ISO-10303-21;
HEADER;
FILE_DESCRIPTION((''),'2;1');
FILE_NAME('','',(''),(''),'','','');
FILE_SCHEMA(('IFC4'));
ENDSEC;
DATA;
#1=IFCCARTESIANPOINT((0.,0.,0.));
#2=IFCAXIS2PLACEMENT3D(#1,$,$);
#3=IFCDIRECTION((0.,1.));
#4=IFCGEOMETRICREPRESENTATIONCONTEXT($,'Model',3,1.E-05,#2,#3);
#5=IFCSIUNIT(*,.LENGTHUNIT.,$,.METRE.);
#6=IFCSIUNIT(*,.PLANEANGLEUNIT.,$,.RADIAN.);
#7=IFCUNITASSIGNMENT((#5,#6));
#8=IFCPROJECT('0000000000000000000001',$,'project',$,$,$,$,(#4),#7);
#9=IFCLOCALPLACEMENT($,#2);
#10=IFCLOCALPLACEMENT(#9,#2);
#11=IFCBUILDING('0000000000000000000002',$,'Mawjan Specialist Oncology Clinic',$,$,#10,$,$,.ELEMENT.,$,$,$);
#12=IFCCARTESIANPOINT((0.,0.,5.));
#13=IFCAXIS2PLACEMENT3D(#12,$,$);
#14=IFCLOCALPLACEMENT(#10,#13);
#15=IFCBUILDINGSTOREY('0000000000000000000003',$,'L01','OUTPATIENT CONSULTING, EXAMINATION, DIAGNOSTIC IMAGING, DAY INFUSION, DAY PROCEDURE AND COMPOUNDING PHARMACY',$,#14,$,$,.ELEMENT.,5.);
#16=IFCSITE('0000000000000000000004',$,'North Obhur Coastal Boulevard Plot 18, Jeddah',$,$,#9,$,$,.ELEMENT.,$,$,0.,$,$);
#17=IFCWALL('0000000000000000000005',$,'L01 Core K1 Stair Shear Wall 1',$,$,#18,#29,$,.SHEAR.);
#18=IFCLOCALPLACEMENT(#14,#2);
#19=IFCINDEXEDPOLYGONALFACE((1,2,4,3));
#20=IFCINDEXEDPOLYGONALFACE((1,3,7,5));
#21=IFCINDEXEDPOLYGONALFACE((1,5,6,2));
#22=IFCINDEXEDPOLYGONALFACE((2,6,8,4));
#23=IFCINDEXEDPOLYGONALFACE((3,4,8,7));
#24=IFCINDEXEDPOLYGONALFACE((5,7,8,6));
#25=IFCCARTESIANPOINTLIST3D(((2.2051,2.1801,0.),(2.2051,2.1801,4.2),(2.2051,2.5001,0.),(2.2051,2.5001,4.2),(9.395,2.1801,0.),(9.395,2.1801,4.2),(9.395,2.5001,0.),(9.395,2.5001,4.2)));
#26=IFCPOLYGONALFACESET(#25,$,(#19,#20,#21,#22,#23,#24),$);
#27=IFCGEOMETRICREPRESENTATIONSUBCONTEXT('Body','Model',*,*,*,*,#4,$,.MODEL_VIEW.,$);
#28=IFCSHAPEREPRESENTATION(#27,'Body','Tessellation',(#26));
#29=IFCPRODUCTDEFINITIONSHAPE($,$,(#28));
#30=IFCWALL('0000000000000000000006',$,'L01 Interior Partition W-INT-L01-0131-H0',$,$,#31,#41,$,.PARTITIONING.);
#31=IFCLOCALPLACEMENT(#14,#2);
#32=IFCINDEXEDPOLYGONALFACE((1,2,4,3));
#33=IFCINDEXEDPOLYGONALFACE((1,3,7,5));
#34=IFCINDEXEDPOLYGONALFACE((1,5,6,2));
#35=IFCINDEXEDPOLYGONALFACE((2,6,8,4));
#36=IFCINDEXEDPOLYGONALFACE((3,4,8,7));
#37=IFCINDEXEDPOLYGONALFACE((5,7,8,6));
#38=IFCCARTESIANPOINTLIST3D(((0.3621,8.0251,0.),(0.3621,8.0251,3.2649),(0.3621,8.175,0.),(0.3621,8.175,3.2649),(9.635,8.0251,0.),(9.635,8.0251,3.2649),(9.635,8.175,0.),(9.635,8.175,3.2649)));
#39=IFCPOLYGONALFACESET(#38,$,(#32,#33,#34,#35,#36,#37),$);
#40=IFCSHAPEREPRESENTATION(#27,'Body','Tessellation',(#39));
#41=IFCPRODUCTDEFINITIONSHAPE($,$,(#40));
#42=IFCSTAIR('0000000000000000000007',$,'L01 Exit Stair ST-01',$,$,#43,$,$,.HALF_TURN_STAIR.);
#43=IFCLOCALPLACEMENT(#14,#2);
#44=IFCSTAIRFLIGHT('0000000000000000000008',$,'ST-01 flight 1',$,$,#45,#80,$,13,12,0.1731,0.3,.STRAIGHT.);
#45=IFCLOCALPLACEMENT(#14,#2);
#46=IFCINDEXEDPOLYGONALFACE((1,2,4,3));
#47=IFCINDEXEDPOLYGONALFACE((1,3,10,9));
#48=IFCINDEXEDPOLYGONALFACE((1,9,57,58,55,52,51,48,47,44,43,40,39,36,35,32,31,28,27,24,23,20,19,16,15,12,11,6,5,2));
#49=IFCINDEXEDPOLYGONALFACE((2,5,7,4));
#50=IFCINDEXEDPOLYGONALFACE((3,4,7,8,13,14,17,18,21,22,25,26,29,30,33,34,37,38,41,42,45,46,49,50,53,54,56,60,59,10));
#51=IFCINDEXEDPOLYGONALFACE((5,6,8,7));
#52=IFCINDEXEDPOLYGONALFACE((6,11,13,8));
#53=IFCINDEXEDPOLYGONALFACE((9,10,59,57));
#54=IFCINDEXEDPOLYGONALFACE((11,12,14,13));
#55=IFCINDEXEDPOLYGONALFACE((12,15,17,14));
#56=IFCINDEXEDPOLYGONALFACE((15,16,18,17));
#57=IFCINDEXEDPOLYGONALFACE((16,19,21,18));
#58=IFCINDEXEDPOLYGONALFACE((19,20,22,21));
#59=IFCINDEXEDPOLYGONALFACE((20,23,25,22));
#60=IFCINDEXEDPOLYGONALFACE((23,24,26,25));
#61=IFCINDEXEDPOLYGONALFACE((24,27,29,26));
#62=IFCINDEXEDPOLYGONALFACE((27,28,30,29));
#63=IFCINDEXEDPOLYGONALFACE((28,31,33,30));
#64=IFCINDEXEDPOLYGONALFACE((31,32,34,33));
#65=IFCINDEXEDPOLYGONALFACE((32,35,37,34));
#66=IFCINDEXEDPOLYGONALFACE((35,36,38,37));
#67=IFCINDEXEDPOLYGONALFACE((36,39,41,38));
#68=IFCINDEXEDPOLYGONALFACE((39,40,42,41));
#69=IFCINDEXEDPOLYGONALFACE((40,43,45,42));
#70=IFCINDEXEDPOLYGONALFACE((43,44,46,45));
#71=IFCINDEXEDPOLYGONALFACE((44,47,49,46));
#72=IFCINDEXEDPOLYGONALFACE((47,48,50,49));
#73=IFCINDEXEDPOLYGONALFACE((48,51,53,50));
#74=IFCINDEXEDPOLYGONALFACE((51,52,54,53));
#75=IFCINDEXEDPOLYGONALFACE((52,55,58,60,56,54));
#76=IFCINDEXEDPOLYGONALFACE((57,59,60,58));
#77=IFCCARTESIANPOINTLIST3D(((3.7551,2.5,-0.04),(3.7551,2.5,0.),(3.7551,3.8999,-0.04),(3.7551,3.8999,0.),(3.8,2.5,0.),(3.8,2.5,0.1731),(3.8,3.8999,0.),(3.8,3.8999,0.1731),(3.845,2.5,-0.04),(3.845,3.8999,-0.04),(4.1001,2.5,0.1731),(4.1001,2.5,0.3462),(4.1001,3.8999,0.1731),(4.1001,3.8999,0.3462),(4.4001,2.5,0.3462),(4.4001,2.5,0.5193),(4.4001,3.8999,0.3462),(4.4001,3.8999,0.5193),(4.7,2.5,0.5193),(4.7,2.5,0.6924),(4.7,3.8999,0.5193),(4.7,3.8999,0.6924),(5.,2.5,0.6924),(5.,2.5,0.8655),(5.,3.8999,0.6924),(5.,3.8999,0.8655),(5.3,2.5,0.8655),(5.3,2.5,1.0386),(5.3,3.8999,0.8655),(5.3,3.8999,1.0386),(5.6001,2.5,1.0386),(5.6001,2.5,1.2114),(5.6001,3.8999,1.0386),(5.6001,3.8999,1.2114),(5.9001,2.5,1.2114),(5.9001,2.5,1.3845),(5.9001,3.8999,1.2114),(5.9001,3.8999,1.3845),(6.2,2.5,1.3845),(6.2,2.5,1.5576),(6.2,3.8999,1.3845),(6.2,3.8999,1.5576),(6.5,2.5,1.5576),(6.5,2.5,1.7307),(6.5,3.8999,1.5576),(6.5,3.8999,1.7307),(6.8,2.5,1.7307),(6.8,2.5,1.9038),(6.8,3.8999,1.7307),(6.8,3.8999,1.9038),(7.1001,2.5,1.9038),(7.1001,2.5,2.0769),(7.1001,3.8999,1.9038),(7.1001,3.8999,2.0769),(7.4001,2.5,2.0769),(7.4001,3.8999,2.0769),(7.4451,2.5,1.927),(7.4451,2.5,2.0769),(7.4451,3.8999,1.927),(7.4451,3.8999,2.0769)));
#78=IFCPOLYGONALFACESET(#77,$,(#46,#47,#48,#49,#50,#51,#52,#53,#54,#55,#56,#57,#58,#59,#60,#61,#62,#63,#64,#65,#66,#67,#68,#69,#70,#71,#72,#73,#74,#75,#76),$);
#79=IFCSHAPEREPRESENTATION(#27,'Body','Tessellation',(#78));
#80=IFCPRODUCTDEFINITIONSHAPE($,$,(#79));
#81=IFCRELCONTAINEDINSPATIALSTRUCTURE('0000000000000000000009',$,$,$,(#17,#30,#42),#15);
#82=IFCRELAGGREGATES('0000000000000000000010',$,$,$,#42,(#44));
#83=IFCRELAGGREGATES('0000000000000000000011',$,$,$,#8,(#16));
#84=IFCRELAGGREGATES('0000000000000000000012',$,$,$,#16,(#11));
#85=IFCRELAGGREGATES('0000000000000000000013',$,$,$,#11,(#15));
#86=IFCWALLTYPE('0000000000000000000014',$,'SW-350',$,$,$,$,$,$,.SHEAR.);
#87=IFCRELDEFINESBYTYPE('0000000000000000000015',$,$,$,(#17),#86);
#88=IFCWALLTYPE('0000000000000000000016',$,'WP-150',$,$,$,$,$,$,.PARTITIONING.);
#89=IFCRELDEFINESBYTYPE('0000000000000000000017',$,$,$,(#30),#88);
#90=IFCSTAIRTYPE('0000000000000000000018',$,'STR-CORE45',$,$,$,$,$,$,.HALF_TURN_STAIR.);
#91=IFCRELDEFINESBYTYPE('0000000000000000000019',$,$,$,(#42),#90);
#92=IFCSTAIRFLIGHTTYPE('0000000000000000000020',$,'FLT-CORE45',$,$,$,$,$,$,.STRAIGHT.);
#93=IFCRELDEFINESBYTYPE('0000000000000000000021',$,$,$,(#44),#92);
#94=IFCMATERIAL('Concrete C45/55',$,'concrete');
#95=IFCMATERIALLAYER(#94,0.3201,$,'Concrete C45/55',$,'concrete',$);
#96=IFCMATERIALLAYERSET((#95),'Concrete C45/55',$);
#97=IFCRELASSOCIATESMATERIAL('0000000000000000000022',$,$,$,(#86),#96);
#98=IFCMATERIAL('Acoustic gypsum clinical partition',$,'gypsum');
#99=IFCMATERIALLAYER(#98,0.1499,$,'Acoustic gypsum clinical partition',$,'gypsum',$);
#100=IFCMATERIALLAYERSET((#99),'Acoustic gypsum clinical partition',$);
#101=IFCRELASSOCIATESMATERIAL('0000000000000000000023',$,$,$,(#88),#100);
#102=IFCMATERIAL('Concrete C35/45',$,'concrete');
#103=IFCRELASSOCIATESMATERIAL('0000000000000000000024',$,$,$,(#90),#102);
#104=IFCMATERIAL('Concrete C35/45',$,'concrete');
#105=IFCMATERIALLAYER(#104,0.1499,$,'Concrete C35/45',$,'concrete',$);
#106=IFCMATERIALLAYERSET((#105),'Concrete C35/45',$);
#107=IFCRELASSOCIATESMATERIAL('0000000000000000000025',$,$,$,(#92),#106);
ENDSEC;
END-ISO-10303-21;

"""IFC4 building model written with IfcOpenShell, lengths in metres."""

from ifc_helpers import new_model, si_unit, direction, frame, frame_2d, origin, place, context, subcontext, project, spatial, polyline, rectangle, outline, extrude, material, layer, layer_set, type_object, element, aggregate, save


model = new_model("IFC4")

# Units and contexts
model_context = context("Model", 3, precision=1e-05, world=origin(), true_north=direction((0.0, 1.0)))
body_context = subcontext(model_context, "Body", "Model", "MODEL_VIEW")
ifc_project = project(units=[si_unit("LENGTHUNIT", "METRE"), si_unit("PLANEANGLEUNIT", "RADIAN")], contexts=[model_context])

# Site, building, storey
site_placement = place(None, origin())
site = spatial("IfcSite", under=ifc_project, at=site_placement, Name="North Obhur Coastal Boulevard Plot 18, Jeddah", CompositionType="ELEMENT", RefElevation=0.0)
building_placement = place(site_placement, origin())
building = spatial("IfcBuilding", under=site, at=building_placement, Name="Mawjan Specialist Oncology Clinic", CompositionType="ELEMENT")
storey_placement = place(building_placement, frame((0.0, 0.0, 5.0)))
storey = spatial("IfcBuildingStorey", under=building, at=storey_placement, Name="L01", Description="OUTPATIENT CONSULTING, EXAMINATION, DIAGNOSTIC IMAGING, DAY INFUSION, DAY PROCEDURE AND COMPOUNDING PHARMACY", CompositionType="ELEMENT", Elevation=5.0)

# Wall
ifc_material_1 = material(Name="Concrete C45/55", Category="concrete")
ifc_layer_1 = layer(ifc_material_1, 0.3201, Name="Concrete C45/55", Category="concrete")
ifc_layer_set_1 = layer_set([ifc_layer_1], Name="Concrete C45/55")
wall_type_1 = type_object("IfcWallType", Name="SW-350", PredefinedType="SHEAR", material=ifc_layer_set_1)
wall_1_placement = place(storey_placement, frame((2.2051, 2.3401, 0.0), z_axis=(0.0, 0.0, 1.0), x_axis=(1.0, 0.0, 0.0)))
element("IfcWall", 1, at=wall_1_placement, inside=storey, type_object=wall_type_1, Name="L01 Core K1 Stair Shear Wall 1", PredefinedType="SHEAR", context=body_context, shape_type="SweptSolid", body=[
    extrude(rectangle(XDim=7.1899, YDim=0.3201, at=frame_2d((3.595, 0.0))), origin(), (0.0, 0.0, 1.0), 4.2),
])

# Wall
ifc_material_2 = material(Name="Acoustic gypsum clinical partition", Category="gypsum")
ifc_layer_2 = layer(ifc_material_2, 0.1499, Name="Acoustic gypsum clinical partition", Category="gypsum")
ifc_layer_set_2 = layer_set([ifc_layer_2], Name="Acoustic gypsum clinical partition")
wall_type_2 = type_object("IfcWallType", Name="WP-150", PredefinedType="PARTITIONING", material=ifc_layer_set_2)
wall_2_placement = place(storey_placement, frame((0.3621, 8.1001, 0.0), z_axis=(0.0, 0.0, 1.0), x_axis=(1.0, 0.0, 0.0)))
element("IfcWall", 2, at=wall_2_placement, inside=storey, type_object=wall_type_2, Name="L01 Interior Partition W-INT-L01-0131-H0", PredefinedType="PARTITIONING", context=body_context, shape_type="SweptSolid", body=[
    extrude(rectangle(XDim=9.2729, YDim=0.1499, at=frame_2d((4.6365, 0.0))), origin(), (0.0, 0.0, 1.0), 3.2649),
])

# Stair, stair flight
ifc_material_3 = material(Name="Concrete C35/45", Category="concrete")
stair_type = type_object("IfcStairType", Name="STR-CORE45", PredefinedType="HALF_TURN_STAIR", material=ifc_material_3)
stair_placement = place(storey_placement, origin())
stair = element("IfcStair", 3, at=stair_placement, inside=storey, type_object=stair_type, Name="L01 Exit Stair ST-01", PredefinedType="HALF_TURN_STAIR")
ifc_material_4 = material(Name="Concrete C35/45", Category="concrete")
ifc_layer_3 = layer(ifc_material_4, 0.1499, Name="Concrete C35/45", Category="concrete")
ifc_layer_set_3 = layer_set([ifc_layer_3], Name="Concrete C35/45")
stair_flight_type = type_object("IfcStairFlightType", Name="FLT-CORE45", PredefinedType="STRAIGHT", material=ifc_layer_set_3)
stair_flight_placement = place(storey_placement, frame((3.8, 3.2, 0.0), z_axis=(0.0, 0.0, 1.0), x_axis=(1.0, 0.0, 0.0)))
stair_flight = element("IfcStairFlight", 4, at=stair_flight_placement, type_object=stair_flight_type, Name="ST-01 flight 1", NumberOfRisers=13, NumberOfTreads=12, PredefinedType="STRAIGHT", RiserHeight=0.1731, TreadLength=0.3, context=body_context, shape_type="SweptSolid", body=[
    extrude(outline(polyline([(-0.0449, -0.04), (-0.0449, 0.0), (0.0, 0.0), (0.0, 0.1731), (0.3, 0.1731), (0.3, 0.3462), (0.6001, 0.3462), (0.6001, 0.5193), (0.8999, 0.5193), (0.8999, 0.6924), (1.2, 0.6924), (1.2, 0.8655), (1.5, 0.8655), (1.5, 1.0386), (1.8, 1.0386), (1.8, 1.2114), (2.1001, 1.2114), (2.1001, 1.3845), (2.3999, 1.3845), (2.3999, 1.5576), (2.7, 1.5576), (2.7, 1.7307), (3.0, 1.7307), (3.0, 1.9038), (3.3, 1.9038), (3.3, 2.0769), (3.6001, 2.0769), (3.645, 2.0769), (3.645, 1.927), (0.0449, -0.04), (-0.0449, -0.04)])), frame((0.0, 0.7, 0.0), z_axis=(0.0, -1.0, 0.0), x_axis=(1.0, 0.0, 0.0)), (0.0, 0.0, 1.0), 1.3999),
])
aggregate(stair, [stair_flight])

save(model, "model.ifc")
